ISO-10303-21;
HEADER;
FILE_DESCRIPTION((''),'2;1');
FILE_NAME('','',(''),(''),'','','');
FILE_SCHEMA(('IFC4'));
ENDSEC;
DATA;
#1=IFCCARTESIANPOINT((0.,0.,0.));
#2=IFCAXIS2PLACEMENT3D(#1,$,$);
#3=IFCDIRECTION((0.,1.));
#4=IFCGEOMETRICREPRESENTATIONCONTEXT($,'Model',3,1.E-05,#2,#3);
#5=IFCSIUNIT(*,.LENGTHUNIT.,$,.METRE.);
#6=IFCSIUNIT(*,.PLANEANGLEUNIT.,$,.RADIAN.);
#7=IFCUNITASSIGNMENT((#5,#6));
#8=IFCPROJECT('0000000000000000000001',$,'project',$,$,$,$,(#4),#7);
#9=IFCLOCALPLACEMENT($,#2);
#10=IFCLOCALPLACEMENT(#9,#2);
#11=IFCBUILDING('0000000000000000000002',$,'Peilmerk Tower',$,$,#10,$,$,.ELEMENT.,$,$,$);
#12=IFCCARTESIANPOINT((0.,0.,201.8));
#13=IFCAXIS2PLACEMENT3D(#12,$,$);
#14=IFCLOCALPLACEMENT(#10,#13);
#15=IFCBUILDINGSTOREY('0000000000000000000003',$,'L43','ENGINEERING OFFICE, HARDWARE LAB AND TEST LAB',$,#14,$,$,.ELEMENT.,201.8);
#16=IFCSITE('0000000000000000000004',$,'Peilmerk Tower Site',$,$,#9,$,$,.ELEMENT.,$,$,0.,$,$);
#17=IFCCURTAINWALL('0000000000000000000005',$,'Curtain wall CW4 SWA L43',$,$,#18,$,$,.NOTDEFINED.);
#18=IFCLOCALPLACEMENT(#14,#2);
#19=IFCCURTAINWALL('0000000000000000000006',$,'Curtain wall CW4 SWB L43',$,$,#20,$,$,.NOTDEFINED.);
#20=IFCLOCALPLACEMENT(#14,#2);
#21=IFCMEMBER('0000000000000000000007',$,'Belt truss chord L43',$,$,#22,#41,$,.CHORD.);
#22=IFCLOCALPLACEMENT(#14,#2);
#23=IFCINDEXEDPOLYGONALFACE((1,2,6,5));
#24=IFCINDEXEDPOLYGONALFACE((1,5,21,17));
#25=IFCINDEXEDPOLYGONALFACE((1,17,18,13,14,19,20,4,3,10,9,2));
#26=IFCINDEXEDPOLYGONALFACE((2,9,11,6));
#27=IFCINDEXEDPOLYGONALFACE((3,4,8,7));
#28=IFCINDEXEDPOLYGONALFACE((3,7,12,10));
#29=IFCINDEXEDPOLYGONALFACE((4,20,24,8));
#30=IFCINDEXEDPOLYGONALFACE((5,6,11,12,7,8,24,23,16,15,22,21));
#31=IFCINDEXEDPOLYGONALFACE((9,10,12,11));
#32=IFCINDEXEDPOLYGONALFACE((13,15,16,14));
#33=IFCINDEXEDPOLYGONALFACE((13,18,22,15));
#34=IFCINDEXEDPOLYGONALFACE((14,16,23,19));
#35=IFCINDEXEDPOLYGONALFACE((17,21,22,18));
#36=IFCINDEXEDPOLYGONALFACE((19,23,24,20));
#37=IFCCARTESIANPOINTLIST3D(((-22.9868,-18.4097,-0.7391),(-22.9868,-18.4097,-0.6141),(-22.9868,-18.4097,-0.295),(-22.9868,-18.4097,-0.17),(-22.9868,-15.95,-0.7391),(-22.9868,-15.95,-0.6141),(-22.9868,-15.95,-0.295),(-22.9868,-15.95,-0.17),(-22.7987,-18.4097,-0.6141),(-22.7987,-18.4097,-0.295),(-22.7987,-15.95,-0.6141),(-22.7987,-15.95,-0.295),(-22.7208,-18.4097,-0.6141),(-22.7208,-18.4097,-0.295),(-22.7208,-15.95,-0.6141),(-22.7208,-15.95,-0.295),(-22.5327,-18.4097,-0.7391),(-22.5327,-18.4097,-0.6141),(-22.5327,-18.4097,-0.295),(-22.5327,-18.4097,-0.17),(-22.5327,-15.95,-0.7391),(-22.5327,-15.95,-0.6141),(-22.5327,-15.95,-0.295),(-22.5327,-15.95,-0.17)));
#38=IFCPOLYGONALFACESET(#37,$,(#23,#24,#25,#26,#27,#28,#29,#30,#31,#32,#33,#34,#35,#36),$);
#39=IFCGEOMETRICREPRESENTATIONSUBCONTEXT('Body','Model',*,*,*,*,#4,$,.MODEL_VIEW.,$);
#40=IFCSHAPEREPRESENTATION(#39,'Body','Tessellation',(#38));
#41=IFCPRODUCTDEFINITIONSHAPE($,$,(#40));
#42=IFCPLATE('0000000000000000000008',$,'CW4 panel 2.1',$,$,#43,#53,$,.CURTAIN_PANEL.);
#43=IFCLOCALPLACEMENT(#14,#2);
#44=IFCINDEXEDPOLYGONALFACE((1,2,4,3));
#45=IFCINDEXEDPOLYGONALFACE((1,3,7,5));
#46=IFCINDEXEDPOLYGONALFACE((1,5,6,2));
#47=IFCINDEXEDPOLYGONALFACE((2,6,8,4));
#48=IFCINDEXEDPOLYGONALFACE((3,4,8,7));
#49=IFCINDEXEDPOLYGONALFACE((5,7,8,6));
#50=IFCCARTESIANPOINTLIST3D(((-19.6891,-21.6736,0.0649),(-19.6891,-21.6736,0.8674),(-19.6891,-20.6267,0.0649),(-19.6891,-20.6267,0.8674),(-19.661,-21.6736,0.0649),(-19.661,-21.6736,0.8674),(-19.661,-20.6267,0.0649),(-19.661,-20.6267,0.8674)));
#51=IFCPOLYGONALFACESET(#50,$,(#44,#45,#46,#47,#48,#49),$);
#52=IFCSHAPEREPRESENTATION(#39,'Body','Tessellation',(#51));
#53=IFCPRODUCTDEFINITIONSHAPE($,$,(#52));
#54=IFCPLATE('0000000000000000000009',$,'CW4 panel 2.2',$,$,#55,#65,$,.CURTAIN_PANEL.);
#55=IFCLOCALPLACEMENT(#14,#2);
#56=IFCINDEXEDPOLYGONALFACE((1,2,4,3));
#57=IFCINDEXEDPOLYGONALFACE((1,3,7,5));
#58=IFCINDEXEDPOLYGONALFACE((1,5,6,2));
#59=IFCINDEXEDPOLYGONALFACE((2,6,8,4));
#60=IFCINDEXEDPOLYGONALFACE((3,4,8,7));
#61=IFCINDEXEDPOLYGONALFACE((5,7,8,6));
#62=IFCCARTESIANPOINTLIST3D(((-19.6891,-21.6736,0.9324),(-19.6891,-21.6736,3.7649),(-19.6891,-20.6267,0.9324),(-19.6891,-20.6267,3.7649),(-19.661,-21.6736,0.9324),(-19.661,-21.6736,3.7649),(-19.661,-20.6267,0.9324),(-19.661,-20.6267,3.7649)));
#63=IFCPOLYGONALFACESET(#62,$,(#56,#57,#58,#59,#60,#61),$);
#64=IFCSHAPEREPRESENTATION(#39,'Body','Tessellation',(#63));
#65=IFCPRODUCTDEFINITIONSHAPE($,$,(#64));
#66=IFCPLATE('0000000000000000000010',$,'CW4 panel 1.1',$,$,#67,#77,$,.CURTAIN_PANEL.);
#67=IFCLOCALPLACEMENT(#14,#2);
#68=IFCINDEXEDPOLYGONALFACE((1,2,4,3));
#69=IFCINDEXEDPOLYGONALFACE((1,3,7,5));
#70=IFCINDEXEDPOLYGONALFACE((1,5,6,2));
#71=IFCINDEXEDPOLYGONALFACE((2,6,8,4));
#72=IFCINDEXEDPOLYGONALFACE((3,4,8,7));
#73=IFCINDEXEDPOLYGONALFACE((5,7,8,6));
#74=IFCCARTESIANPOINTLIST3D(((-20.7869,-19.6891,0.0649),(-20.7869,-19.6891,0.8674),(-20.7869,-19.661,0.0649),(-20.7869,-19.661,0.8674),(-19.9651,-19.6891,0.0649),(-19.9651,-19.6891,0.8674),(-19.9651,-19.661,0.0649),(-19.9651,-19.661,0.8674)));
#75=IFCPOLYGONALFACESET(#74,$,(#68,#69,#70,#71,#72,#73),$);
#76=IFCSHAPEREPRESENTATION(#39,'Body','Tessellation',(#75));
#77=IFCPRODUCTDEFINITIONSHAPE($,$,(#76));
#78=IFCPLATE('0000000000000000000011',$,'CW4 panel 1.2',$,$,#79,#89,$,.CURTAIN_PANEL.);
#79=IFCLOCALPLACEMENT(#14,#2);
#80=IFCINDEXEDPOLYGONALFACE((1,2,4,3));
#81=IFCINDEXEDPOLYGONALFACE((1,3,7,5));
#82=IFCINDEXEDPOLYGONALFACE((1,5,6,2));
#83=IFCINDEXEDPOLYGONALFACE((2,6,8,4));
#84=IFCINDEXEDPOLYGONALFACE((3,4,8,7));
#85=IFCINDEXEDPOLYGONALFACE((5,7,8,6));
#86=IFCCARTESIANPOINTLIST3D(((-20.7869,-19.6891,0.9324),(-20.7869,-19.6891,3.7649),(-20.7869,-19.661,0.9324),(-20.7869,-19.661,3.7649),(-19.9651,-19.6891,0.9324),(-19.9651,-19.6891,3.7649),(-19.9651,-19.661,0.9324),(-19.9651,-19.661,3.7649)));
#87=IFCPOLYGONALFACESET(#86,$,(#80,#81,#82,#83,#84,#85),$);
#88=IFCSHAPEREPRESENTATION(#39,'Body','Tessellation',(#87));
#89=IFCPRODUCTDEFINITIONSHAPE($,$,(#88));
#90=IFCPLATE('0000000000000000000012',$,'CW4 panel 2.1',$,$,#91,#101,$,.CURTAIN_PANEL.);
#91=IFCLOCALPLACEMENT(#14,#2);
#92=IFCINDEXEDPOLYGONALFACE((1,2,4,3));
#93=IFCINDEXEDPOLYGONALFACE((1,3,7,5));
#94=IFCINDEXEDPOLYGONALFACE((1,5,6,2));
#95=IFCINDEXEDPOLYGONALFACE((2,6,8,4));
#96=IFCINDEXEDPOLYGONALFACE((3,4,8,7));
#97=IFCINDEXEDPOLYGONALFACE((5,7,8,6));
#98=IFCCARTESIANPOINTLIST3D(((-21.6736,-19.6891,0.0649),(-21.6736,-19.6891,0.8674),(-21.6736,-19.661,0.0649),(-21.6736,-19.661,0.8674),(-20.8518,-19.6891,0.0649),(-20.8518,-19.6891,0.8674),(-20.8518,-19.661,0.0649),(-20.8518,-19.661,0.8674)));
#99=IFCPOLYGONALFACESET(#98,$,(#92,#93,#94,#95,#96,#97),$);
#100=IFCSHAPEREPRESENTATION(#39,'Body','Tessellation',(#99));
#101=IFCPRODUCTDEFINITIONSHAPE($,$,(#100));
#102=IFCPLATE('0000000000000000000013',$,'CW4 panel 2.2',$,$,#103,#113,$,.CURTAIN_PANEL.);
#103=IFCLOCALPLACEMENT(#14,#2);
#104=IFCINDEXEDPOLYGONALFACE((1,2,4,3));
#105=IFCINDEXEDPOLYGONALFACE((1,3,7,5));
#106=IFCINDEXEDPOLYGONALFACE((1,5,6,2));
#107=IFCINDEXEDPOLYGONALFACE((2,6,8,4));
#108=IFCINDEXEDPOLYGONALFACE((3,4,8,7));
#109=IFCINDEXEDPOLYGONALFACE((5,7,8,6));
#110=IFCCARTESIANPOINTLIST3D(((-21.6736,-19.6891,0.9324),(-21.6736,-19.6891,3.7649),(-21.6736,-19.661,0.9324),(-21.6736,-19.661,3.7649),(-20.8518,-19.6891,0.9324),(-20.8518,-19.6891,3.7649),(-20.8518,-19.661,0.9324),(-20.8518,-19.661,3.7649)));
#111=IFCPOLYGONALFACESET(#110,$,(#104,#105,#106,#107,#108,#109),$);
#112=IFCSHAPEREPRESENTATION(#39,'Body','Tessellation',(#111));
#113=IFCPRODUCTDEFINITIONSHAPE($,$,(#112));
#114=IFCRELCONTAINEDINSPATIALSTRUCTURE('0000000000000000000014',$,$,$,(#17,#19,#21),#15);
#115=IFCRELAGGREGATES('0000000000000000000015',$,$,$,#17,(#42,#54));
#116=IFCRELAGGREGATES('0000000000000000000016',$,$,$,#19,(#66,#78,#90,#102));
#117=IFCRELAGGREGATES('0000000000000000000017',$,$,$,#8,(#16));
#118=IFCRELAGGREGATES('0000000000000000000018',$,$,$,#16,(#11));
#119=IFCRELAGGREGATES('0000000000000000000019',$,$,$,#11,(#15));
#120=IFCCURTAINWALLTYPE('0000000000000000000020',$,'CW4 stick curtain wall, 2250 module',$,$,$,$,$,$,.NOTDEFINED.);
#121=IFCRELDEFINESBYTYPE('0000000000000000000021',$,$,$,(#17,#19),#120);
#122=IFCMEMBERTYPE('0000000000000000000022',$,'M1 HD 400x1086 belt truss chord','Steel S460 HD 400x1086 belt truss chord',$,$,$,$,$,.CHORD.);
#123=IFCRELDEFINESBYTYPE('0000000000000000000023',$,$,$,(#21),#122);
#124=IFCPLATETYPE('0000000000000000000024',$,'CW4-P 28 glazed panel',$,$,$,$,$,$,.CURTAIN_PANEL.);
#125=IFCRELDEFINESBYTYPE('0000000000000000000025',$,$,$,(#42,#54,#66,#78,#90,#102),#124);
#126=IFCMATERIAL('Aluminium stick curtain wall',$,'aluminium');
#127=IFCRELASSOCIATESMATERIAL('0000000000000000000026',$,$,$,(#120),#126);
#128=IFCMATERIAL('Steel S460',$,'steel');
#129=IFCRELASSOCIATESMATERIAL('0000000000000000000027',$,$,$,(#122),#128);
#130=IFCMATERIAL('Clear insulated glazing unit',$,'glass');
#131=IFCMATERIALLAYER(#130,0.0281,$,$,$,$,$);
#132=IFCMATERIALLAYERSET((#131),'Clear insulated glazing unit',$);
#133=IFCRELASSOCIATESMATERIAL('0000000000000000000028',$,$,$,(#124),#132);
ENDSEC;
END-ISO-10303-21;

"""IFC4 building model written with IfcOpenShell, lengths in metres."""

from ifc_helpers import new_model, si_unit, direction, frame, origin, origin_2d, place, context, subcontext, project, spatial, rectangle, i_section, extrude, material, layer, layer_set, material_profile, profile_set, type_object, element, aggregate, save


model = new_model("IFC4")

# Units and contexts
model_context = context("Model", 3, precision=1e-05, world=origin(), true_north=direction((0.0, 1.0)))
body_context = subcontext(model_context, "Body", "Model", "MODEL_VIEW")
ifc_project = project(units=[si_unit("LENGTHUNIT", "METRE"), si_unit("PLANEANGLEUNIT", "RADIAN")], contexts=[model_context])

# Site, building, storey
site_placement = place(None, origin())
site = spatial("IfcSite", under=ifc_project, at=site_placement, Name="Peilmerk Tower Site", CompositionType="ELEMENT", RefElevation=0.0)
building_placement = place(site_placement, origin())
building = spatial("IfcBuilding", under=site, at=building_placement, Name="Peilmerk Tower", CompositionType="ELEMENT")
storey_placement = place(building_placement, frame((0.0, 0.0, 201.8)))
storey = spatial("IfcBuildingStorey", under=building, at=storey_placement, Name="L43", Description="ENGINEERING OFFICE, HARDWARE LAB AND TEST LAB", CompositionType="ELEMENT", Elevation=201.8)

# Curtain wall
ifc_material_1 = material(Name="Aluminium stick curtain wall", Category="aluminium")
curtain_wall_type = type_object("IfcCurtainWallType", Name="CW4 stick curtain wall, 2250 module", PredefinedType="NOTDEFINED", material=ifc_material_1)
curtain_wall_1_placement = place(storey_placement, origin())
curtain_wall_1 = element("IfcCurtainWall", 1, at=curtain_wall_1_placement, inside=storey, type_object=curtain_wall_type, Name="Curtain wall CW4 SWA L43", PredefinedType="NOTDEFINED")

# Curtain wall
curtain_wall_2_placement = place(storey_placement, origin())
curtain_wall_2 = element("IfcCurtainWall", 2, at=curtain_wall_2_placement, inside=storey, type_object=curtain_wall_type, Name="Curtain wall CW4 SWB L43", PredefinedType="NOTDEFINED")

# Member
ifc_material_2 = material(Name="Steel S460", Category="steel")
ifc_material_profile_1 = material_profile(ifc_material_2, i_section(OverallWidth=0.4541, OverallDepth=0.5691, WebThickness=0.0779, FlangeThickness=0.125, at=origin_2d()), Name="HD 400x1086")
ifc_profile_set_1 = profile_set([ifc_material_profile_1], Name="Steel S460")
member_type_1 = type_object("IfcMemberType", Name="M1 HD 400x1086 belt truss chord", Description="Steel S460 HD 400x1086 belt truss chord", PredefinedType="CHORD", material=ifc_profile_set_1)
member_1_placement = place(storey_placement, frame((-22.7598, -15.95, -0.4546), z_axis=(0.0, -1.0, 0.0), x_axis=(1.0, 0.0, 0.0)))
element("IfcMember", 3, at=member_1_placement, inside=storey, type_object=member_type_1, Name="Belt truss chord L43", PredefinedType="CHORD", context=body_context, shape_type="SweptSolid", body=[
    extrude(i_section(OverallWidth=0.4541, OverallDepth=0.5691, WebThickness=0.0779, FlangeThickness=0.125, at=origin_2d()), origin(), (0.0, 0.0, 1.0), 2.4597),
])

# Plates
ifc_material_3 = material(Name="Clear insulated glazing unit", Category="glass")
ifc_layer_1 = layer(ifc_material_3, 0.0281)
ifc_layer_set_1 = layer_set([ifc_layer_1], Name="Clear insulated glazing unit")
plate_type = type_object("IfcPlateType", Name="CW4-P 28 glazed panel", PredefinedType="CURTAIN_PANEL", material=ifc_layer_set_1)
plate_1_placement = place(storey_placement, frame((-19.675, -21.1501, 0.0649), z_axis=(0.0, 0.0, 1.0), x_axis=(0.0, -1.0, 0.0)))
plate_1 = element("IfcPlate", 4, at=plate_1_placement, type_object=plate_type, Name="CW4 panel 2.1", PredefinedType="CURTAIN_PANEL", context=body_context, shape_type="SweptSolid", body=[
    extrude(rectangle(XDim=1.0469, YDim=0.0281, at=origin_2d()), origin(), (0.0, 0.0, 1.0), 0.8025),
])
plate_2_placement = place(storey_placement, frame((-19.675, -21.1501, 0.9324), z_axis=(0.0, 0.0, 1.0), x_axis=(0.0, -1.0, 0.0)))
plate_2 = element("IfcPlate", 5, at=plate_2_placement, type_object=plate_type, Name="CW4 panel 2.2", PredefinedType="CURTAIN_PANEL", context=body_context, shape_type="SweptSolid", body=[
    extrude(rectangle(XDim=1.0469, YDim=0.0281, at=origin_2d()), origin(), (0.0, 0.0, 1.0), 2.8325),
])
aggregate(curtain_wall_1, [plate_1, plate_2])
plate_3_placement = place(storey_placement, frame((-20.376, -19.675, 0.0649), z_axis=(0.0, 0.0, 1.0), x_axis=(-1.0, 0.0, 0.0)))
plate_3 = element("IfcPlate", 6, at=plate_3_placement, type_object=plate_type, Name="CW4 panel 1.1", PredefinedType="CURTAIN_PANEL", context=body_context, shape_type="SweptSolid", body=[
    extrude(rectangle(XDim=0.8218, YDim=0.0281, at=origin_2d()), origin(), (0.0, 0.0, 1.0), 0.8025),
])
plate_4_placement = place(storey_placement, frame((-20.376, -19.675, 0.9324), z_axis=(0.0, 0.0, 1.0), x_axis=(-1.0, 0.0, 0.0)))
plate_4 = element("IfcPlate", 7, at=plate_4_placement, type_object=plate_type, Name="CW4 panel 1.2", PredefinedType="CURTAIN_PANEL", context=body_context, shape_type="SweptSolid", body=[
    extrude(rectangle(XDim=0.8218, YDim=0.0281, at=origin_2d()), origin(), (0.0, 0.0, 1.0), 2.8325),
])
plate_5_placement = place(storey_placement, frame((-21.2627, -19.675, 0.0649), z_axis=(0.0, 0.0, 1.0), x_axis=(-1.0, 0.0, 0.0)))
plate_5 = element("IfcPlate", 8, at=plate_5_placement, type_object=plate_type, Name="CW4 panel 2.1", PredefinedType="CURTAIN_PANEL", context=body_context, shape_type="SweptSolid", body=[
    extrude(rectangle(XDim=0.8218, YDim=0.0281, at=origin_2d()), origin(), (0.0, 0.0, 1.0), 0.8025),
])
plate_6_placement = place(storey_placement, frame((-21.2627, -19.675, 0.9324), z_axis=(0.0, 0.0, 1.0), x_axis=(-1.0, 0.0, 0.0)))
plate_6 = element("IfcPlate", 9, at=plate_6_placement, type_object=plate_type, Name="CW4 panel 2.2", PredefinedType="CURTAIN_PANEL", context=body_context, shape_type="SweptSolid", body=[
    extrude(rectangle(XDim=0.8218, YDim=0.0281, at=origin_2d()), origin(), (0.0, 0.0, 1.0), 2.8325),
])
aggregate(curtain_wall_2, [plate_3, plate_4, plate_5, plate_6])

save(model, "model.ifc")
